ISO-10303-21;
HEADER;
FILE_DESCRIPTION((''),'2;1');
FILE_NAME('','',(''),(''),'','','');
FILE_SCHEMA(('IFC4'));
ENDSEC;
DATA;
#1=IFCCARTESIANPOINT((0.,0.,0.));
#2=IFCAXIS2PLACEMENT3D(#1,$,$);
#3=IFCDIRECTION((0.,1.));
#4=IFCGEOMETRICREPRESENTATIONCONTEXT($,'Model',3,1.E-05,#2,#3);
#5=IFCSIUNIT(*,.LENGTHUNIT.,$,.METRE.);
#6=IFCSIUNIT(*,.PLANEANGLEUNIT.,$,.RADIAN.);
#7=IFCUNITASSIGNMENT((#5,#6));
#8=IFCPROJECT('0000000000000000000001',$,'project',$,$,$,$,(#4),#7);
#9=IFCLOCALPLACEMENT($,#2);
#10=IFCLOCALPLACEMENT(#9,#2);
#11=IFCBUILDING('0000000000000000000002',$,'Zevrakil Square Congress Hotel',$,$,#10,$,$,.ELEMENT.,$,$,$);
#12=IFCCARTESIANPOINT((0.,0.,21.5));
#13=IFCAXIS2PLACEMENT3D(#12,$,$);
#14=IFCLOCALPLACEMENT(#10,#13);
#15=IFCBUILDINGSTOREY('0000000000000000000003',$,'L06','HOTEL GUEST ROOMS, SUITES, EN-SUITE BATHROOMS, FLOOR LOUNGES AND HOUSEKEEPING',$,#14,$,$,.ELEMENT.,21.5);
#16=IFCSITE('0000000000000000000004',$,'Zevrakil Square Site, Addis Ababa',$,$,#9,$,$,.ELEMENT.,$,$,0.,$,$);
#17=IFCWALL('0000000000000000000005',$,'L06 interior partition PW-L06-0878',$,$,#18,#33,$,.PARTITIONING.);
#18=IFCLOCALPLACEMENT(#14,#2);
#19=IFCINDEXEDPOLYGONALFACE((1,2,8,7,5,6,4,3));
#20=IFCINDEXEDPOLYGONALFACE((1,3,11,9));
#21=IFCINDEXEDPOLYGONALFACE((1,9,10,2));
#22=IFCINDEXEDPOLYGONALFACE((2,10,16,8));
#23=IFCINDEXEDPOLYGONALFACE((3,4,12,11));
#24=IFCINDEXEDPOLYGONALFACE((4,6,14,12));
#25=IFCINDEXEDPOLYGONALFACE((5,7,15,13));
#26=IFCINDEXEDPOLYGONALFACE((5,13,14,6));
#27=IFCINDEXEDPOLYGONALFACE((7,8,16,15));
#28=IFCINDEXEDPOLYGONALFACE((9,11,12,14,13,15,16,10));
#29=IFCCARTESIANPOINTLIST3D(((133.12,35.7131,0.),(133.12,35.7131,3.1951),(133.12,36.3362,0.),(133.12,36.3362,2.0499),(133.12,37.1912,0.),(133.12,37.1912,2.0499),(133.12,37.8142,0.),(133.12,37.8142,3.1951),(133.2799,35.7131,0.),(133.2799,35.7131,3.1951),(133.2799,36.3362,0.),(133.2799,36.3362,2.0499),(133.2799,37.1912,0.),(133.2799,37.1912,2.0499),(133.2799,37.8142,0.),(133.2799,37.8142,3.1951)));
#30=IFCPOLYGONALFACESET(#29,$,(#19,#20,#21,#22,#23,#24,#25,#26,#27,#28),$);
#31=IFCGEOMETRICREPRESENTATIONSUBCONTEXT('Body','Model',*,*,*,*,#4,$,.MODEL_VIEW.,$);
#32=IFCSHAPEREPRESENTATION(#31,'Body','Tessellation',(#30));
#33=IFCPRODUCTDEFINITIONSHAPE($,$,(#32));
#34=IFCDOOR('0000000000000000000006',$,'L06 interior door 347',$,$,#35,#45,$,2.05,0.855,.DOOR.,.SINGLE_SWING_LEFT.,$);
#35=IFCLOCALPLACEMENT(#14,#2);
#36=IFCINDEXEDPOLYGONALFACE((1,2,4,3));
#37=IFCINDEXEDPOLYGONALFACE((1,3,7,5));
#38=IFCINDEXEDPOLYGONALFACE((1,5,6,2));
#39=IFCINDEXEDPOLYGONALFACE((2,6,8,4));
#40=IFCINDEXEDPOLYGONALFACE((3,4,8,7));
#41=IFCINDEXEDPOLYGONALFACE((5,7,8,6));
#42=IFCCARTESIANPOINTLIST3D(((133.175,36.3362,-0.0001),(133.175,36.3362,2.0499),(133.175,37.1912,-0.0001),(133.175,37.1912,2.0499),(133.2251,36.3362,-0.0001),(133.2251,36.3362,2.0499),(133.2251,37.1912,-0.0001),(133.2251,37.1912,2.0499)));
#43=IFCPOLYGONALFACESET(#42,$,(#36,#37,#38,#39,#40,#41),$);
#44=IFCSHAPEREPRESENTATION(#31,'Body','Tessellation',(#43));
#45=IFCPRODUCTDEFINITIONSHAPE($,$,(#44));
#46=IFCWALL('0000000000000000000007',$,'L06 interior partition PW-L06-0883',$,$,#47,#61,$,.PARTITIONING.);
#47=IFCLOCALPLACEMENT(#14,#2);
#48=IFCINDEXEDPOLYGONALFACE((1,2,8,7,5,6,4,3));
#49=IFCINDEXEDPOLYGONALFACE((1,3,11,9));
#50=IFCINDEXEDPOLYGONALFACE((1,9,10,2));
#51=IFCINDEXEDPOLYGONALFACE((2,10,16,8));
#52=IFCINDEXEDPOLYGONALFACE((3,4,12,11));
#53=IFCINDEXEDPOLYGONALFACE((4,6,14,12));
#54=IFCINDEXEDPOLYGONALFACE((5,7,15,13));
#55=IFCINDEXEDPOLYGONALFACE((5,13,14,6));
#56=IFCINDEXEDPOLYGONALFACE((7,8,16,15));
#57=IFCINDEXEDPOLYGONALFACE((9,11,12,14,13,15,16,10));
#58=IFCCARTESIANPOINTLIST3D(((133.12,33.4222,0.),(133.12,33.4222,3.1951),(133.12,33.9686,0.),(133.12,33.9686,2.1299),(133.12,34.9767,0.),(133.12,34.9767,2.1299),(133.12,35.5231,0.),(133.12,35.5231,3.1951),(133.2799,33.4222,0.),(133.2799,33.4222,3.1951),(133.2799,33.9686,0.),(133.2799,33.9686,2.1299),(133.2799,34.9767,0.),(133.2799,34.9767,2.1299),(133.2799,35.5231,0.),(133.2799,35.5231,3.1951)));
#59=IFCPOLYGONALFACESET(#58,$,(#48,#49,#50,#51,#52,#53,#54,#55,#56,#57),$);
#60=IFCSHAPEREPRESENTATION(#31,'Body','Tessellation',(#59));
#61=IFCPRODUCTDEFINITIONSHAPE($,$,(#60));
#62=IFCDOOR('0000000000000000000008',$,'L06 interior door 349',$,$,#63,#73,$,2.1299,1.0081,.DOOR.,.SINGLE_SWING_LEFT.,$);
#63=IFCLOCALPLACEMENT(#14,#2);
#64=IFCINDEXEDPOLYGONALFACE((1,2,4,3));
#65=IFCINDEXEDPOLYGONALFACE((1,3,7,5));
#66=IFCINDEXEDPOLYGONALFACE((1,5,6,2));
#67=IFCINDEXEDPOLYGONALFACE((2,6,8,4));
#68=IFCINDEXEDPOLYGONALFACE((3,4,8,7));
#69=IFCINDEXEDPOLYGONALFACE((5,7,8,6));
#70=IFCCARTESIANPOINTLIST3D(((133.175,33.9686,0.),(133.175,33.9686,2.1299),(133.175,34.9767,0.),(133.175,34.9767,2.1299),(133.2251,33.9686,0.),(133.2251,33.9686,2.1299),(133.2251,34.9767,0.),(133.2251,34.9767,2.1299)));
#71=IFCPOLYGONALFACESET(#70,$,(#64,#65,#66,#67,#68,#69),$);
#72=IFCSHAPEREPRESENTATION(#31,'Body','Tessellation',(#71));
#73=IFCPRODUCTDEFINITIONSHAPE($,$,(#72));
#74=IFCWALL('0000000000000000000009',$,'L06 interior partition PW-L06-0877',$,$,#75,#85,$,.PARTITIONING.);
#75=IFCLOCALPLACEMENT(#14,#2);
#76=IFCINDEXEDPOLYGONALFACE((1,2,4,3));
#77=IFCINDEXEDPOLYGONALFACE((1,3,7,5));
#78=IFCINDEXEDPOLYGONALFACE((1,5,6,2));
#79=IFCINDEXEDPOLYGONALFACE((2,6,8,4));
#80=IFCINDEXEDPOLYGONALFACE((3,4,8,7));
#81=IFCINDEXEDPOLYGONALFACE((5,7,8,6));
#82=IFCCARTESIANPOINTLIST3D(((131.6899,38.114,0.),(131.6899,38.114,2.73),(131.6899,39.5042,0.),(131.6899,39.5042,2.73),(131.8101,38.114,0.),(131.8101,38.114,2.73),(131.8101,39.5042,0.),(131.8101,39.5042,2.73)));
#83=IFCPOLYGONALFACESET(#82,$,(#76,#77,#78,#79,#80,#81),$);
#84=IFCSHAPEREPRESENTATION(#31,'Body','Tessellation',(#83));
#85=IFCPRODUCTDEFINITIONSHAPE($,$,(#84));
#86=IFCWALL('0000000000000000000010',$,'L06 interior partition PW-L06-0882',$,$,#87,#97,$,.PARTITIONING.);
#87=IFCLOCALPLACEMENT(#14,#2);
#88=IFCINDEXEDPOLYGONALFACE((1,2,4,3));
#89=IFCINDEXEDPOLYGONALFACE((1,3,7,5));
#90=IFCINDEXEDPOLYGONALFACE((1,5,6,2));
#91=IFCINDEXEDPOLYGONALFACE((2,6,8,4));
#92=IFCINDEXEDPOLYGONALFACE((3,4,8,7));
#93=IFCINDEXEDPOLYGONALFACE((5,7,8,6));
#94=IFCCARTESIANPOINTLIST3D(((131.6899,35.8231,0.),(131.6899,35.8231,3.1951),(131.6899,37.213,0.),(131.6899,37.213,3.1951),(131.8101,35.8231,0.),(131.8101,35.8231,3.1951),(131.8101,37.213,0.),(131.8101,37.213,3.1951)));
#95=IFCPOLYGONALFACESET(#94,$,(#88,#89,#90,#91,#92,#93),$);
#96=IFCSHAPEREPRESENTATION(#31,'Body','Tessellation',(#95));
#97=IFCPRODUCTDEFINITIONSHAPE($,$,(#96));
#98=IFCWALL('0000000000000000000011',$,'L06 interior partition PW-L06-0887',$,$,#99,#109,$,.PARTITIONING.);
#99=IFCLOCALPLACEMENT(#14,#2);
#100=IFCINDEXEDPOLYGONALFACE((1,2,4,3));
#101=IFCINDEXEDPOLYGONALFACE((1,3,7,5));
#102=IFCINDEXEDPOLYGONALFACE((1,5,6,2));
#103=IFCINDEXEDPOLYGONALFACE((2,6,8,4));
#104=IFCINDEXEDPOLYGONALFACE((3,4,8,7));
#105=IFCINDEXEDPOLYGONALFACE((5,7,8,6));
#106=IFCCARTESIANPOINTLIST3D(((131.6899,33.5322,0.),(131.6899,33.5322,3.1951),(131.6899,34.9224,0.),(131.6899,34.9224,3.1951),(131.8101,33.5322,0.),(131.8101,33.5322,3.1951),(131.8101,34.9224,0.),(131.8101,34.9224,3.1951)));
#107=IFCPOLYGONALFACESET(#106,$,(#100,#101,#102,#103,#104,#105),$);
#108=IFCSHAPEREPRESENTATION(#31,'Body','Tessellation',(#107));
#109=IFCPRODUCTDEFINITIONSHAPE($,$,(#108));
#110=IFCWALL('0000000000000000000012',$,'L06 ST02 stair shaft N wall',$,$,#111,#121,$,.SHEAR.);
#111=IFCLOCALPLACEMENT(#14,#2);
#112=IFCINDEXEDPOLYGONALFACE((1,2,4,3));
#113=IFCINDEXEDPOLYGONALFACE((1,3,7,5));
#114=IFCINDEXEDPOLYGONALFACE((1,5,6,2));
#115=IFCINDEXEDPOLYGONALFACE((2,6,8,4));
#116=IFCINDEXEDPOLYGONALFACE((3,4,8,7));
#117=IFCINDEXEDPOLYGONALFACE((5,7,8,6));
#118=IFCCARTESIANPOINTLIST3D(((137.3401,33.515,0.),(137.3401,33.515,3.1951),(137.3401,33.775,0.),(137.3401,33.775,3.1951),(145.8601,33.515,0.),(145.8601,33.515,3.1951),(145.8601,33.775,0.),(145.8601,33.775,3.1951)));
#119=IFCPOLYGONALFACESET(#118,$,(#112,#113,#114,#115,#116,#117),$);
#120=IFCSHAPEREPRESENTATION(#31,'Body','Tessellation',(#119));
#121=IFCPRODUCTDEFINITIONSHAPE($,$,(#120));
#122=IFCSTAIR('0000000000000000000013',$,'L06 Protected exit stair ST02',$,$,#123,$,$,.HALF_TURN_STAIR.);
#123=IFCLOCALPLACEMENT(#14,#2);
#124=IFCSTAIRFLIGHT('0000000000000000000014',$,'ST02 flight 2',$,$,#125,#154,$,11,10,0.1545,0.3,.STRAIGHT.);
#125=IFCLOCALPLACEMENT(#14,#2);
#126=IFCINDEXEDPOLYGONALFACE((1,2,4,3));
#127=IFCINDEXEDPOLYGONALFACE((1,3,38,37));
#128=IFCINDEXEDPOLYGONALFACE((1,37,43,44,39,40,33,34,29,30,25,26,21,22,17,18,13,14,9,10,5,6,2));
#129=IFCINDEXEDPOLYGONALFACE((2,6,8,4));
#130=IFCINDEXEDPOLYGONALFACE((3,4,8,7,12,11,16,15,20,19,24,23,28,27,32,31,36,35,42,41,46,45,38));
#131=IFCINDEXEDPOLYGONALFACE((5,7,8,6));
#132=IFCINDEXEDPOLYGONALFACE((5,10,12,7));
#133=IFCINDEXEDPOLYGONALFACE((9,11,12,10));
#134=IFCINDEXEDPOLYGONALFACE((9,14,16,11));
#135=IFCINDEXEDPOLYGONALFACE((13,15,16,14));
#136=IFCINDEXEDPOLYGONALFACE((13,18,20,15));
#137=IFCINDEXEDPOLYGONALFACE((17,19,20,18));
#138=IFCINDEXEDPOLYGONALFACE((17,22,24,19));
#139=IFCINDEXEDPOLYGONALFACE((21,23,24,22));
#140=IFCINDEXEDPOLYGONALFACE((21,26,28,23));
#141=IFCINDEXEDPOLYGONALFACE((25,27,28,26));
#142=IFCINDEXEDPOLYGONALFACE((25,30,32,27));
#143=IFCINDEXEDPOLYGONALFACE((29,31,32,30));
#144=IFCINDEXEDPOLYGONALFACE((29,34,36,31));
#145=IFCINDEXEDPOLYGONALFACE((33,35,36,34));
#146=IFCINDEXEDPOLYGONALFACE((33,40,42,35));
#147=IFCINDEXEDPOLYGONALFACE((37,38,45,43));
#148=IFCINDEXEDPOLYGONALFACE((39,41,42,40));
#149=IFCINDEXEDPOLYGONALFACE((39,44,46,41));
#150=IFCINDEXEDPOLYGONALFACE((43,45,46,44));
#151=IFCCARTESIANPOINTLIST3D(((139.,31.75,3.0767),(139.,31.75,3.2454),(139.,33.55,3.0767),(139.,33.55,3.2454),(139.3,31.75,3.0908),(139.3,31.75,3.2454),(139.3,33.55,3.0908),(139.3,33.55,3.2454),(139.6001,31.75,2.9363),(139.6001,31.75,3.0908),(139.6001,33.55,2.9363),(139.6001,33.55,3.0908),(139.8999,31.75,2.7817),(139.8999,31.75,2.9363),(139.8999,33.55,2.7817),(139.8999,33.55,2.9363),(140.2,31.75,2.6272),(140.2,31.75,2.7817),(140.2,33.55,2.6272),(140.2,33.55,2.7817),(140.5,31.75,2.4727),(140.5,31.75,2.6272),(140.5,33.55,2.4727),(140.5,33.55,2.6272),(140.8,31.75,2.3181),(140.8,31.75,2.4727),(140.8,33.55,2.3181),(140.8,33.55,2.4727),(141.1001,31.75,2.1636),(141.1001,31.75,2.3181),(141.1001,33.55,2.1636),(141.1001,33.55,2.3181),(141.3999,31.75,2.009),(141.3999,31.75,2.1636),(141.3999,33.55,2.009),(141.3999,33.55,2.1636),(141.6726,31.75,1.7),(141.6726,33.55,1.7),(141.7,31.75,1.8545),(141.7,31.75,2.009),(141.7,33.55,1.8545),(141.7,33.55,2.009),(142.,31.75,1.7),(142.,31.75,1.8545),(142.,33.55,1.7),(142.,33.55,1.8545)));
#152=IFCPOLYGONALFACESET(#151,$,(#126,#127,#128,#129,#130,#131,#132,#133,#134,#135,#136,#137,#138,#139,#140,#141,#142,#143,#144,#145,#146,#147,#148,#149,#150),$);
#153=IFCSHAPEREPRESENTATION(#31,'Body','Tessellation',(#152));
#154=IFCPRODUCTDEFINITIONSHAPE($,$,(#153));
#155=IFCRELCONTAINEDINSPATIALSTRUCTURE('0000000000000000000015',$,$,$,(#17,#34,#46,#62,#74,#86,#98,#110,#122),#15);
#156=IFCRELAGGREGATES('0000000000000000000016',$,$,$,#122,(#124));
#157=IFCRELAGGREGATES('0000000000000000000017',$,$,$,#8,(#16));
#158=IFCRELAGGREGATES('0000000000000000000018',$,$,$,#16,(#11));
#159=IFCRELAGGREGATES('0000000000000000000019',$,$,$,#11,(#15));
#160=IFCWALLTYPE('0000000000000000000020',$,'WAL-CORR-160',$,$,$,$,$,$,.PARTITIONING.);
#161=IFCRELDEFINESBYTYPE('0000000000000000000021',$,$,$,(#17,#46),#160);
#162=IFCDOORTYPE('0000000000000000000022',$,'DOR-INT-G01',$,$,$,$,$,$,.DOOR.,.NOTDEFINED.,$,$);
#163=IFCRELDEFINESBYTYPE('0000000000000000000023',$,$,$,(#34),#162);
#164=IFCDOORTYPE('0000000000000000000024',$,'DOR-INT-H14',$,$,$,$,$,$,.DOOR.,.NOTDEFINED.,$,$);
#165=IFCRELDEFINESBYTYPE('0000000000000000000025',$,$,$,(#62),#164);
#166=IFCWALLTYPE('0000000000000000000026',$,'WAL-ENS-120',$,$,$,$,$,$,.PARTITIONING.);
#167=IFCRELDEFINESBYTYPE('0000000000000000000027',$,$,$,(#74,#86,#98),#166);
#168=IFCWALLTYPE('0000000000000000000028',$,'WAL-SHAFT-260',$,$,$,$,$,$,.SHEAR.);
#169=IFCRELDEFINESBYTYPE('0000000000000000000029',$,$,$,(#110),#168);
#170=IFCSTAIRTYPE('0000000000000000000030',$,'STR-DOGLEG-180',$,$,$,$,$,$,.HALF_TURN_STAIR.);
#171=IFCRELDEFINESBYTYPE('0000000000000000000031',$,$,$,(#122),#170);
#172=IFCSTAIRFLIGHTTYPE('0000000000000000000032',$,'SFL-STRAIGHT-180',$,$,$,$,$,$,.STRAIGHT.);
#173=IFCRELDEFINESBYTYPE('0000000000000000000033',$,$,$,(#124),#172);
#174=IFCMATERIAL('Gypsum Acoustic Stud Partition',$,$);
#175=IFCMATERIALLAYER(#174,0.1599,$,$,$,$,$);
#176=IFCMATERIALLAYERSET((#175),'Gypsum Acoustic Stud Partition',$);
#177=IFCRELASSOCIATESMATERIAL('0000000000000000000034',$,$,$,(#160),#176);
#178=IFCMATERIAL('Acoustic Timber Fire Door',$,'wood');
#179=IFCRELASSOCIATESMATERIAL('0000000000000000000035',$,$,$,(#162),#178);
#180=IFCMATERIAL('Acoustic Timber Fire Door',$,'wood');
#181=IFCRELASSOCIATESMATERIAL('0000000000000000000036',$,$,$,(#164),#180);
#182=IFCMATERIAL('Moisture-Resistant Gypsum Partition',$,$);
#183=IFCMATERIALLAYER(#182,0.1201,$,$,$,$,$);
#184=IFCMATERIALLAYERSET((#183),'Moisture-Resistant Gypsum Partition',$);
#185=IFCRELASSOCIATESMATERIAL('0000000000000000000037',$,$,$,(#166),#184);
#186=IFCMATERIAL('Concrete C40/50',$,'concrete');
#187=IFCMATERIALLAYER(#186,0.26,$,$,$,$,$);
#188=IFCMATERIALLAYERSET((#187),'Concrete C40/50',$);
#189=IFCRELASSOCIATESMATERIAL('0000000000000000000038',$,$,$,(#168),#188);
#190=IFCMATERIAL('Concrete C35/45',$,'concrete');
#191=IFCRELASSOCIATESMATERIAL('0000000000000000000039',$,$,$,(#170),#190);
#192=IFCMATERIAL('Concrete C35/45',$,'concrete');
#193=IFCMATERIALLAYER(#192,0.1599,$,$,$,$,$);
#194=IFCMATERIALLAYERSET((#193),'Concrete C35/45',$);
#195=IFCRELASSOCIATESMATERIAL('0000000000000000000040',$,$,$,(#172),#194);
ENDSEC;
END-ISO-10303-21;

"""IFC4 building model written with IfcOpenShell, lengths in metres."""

from ifc_helpers import new_model, si_unit, direction, frame, frame_2d, origin, place, context, subcontext, project, spatial, polyline, rectangle, outline, extrude, material, layer, layer_set, type_object, element, fill, aggregate, save


model = new_model("IFC4")

# Units and contexts
model_context = context("Model", 3, precision=1e-05, world=origin(), true_north=direction((0.0, 1.0)))
body_context = subcontext(model_context, "Body", "Model", "MODEL_VIEW")
ifc_project = project(units=[si_unit("LENGTHUNIT", "METRE"), si_unit("PLANEANGLEUNIT", "RADIAN")], contexts=[model_context])

# Site, building, storey
site_placement = place(None, origin())
site = spatial("IfcSite", under=ifc_project, at=site_placement, Name="Zevrakil Square Site, Addis Ababa", CompositionType="ELEMENT", RefElevation=0.0)
building_placement = place(site_placement, origin())
building = spatial("IfcBuilding", under=site, at=building_placement, Name="Zevrakil Square Congress Hotel", CompositionType="ELEMENT")
storey_placement = place(building_placement, frame((0.0, 0.0, 21.5)))
storey = spatial("IfcBuildingStorey", under=building, at=storey_placement, Name="L06", Description="HOTEL GUEST ROOMS, SUITES, EN-SUITE BATHROOMS, FLOOR LOUNGES AND HOUSEKEEPING", CompositionType="ELEMENT", Elevation=21.5)

# Shared definitions
ifc_material_1 = material(Name="Gypsum Acoustic Stud Partition")
ifc_layer_1 = layer(ifc_material_1, 0.1599)
ifc_layer_set_1 = layer_set([ifc_layer_1], Name="Gypsum Acoustic Stud Partition")
wall_type_1 = type_object("IfcWallType", Name="WAL-CORR-160", PredefinedType="PARTITIONING", material=ifc_layer_set_1)

# Walls, openings, doors
wall_1_placement = place(storey_placement, frame((133.2, 35.7131, 0.0), z_axis=(0.0, 0.0, 1.0), x_axis=(0.0, 1.0, 0.0)))
wall_1 = element("IfcWall", 1, at=wall_1_placement, inside=storey, type_object=wall_type_1, Name="L06 interior partition PW-L06-0878", PredefinedType="PARTITIONING", context=body_context, shape_type="SweptSolid", body=[
    extrude(rectangle(XDim=2.1011, YDim=0.1599, at=frame_2d((1.0505, 0.0))), origin(), (0.0, 0.0, 1.0), 3.1951),
])
opening_1_placement = place(wall_1_placement, frame((0.623, 0.0, 0.0)))
opening_1 = element("IfcOpeningElement", 2, at=opening_1_placement, cuts=wall_1, PredefinedType="OPENING", context=body_context, shape_type="SweptSolid", body=[
    extrude(rectangle(XDim=0.855, YDim=2.05, at=frame_2d((0.4275, 1.0249))), frame((0.0, 0.0898, 0.0), z_axis=(0.0, -1.0, 0.0), x_axis=(1.0, 0.0, 0.0)), (0.0, 0.0, 1.0), 0.1799),
])
ifc_material_2 = material(Name="Acoustic Timber Fire Door", Category="wood")
door_type_1 = type_object("IfcDoorType", Name="DOR-INT-G01", OperationType="NOTDEFINED", PredefinedType="DOOR", material=ifc_material_2)
door_1_placement = place(opening_1_placement, origin())
door_1 = element("IfcDoor", 3, at=door_1_placement, inside=storey, type_object=door_type_1, Name="L06 interior door 347", OperationType="SINGLE_SWING_LEFT", OverallHeight=2.05, OverallWidth=0.855, PredefinedType="DOOR", context=body_context, shape_type="SweptSolid", body=[
    extrude(rectangle(XDim=0.855, YDim=2.05, at=frame_2d((0.4275, 1.0249))), frame((0.0, 0.0249, 0.0), z_axis=(0.0, -1.0, 0.0), x_axis=(1.0, 0.0, 0.0)), (0.0, 0.0, 1.0), 0.05),
])
fill(opening_1, door_1)
wall_2_placement = place(storey_placement, frame((133.2, 33.4224, 0.0), z_axis=(0.0, 0.0, 1.0), x_axis=(0.0, 1.0, 0.0)))
wall_2 = element("IfcWall", 4, at=wall_2_placement, inside=storey, type_object=wall_type_1, Name="L06 interior partition PW-L06-0883", PredefinedType="PARTITIONING", context=body_context, shape_type="SweptSolid", body=[
    extrude(rectangle(XDim=2.1008, YDim=0.1599, at=frame_2d((1.0503, 0.0))), origin(), (0.0, 0.0, 1.0), 3.1951),
])
opening_2_placement = place(wall_2_placement, frame((0.5464, 0.0, 0.0)))
opening_2 = element("IfcOpeningElement", 5, at=opening_2_placement, cuts=wall_2, PredefinedType="OPENING", context=body_context, shape_type="SweptSolid", body=[
    extrude(rectangle(XDim=1.0081, YDim=2.1299, at=frame_2d((0.5039, 1.0649))), frame((0.0, 0.0898, 0.0), z_axis=(0.0, -1.0, 0.0), x_axis=(1.0, 0.0, 0.0)), (0.0, 0.0, 1.0), 0.1799),
])
ifc_material_3 = material(Name="Acoustic Timber Fire Door", Category="wood")
door_type_2 = type_object("IfcDoorType", Name="DOR-INT-H14", OperationType="NOTDEFINED", PredefinedType="DOOR", material=ifc_material_3)
door_2_placement = place(opening_2_placement, origin())
door_2 = element("IfcDoor", 6, at=door_2_placement, inside=storey, type_object=door_type_2, Name="L06 interior door 349", OperationType="SINGLE_SWING_LEFT", OverallHeight=2.1299, OverallWidth=1.0081, PredefinedType="DOOR", context=body_context, shape_type="SweptSolid", body=[
    extrude(rectangle(XDim=1.0081, YDim=2.1299, at=frame_2d((0.5039, 1.0649))), frame((0.0, 0.0249, 0.0), z_axis=(0.0, -1.0, 0.0), x_axis=(1.0, 0.0, 0.0)), (0.0, 0.0, 1.0), 0.05),
])
fill(opening_2, door_2)

# Walls
ifc_material_4 = material(Name="Moisture-Resistant Gypsum Partition")
ifc_layer_2 = layer(ifc_material_4, 0.1201)
ifc_layer_set_2 = layer_set([ifc_layer_2], Name="Moisture-Resistant Gypsum Partition")
wall_type_2 = type_object("IfcWallType", Name="WAL-ENS-120", PredefinedType="PARTITIONING", material=ifc_layer_set_2)
wall_3_placement = place(storey_placement, frame((131.75, 38.114, 0.0), z_axis=(0.0, 0.0, 1.0), x_axis=(0.0, 1.0, 0.0)))
element("IfcWall", 7, at=wall_3_placement, inside=storey, type_object=wall_type_2, Name="L06 interior partition PW-L06-0877", PredefinedType="PARTITIONING", context=body_context, shape_type="SweptSolid", body=[
    extrude(rectangle(XDim=1.3901, YDim=0.1201, at=frame_2d((0.6951, 0.0))), origin(), (0.0, 0.0, 1.0), 2.73),
])
wall_4_placement = place(storey_placement, frame((131.75, 35.8232, 0.0), z_axis=(0.0, 0.0, 1.0), x_axis=(0.0, 1.0, 0.0)))
element("IfcWall", 8, at=wall_4_placement, inside=storey, type_object=wall_type_2, Name="L06 interior partition PW-L06-0882", PredefinedType="PARTITIONING", context=body_context, shape_type="SweptSolid", body=[
    extrude(rectangle(XDim=1.3899, YDim=0.1201, at=frame_2d((0.6948, 0.0))), origin(), (0.0, 0.0, 1.0), 3.1951),
])
wall_5_placement = place(storey_placement, frame((131.75, 33.5322, 0.0), z_axis=(0.0, 0.0, 1.0), x_axis=(0.0, 1.0, 0.0)))
element("IfcWall", 9, at=wall_5_placement, inside=storey, type_object=wall_type_2, Name="L06 interior partition PW-L06-0887", PredefinedType="PARTITIONING", context=body_context, shape_type="SweptSolid", body=[
    extrude(rectangle(XDim=1.3901, YDim=0.1201, at=frame_2d((0.6951, 0.0))), origin(), (0.0, 0.0, 1.0), 3.1951),
])
ifc_material_5 = material(Name="Concrete C40/50", Category="concrete")
ifc_layer_3 = layer(ifc_material_5, 0.26)
ifc_layer_set_3 = layer_set([ifc_layer_3], Name="Concrete C40/50")
wall_type_3 = type_object("IfcWallType", Name="WAL-SHAFT-260", PredefinedType="SHEAR", material=ifc_layer_set_3)
wall_6_placement = place(storey_placement, frame((137.3401, 33.645, 0.0), z_axis=(0.0, 0.0, 1.0), x_axis=(1.0, 0.0, 0.0)))
element("IfcWall", 10, at=wall_6_placement, inside=storey, type_object=wall_type_3, Name="L06 ST02 stair shaft N wall", PredefinedType="SHEAR", context=body_context, shape_type="SweptSolid", body=[
    extrude(rectangle(XDim=8.52, YDim=0.26, at=frame_2d((4.26, 0.0))), origin(), (0.0, 0.0, 1.0), 3.1951),
])

# Stair, stair flight
ifc_material_6 = material(Name="Concrete C35/45", Category="concrete")
stair_type = type_object("IfcStairType", Name="STR-DOGLEG-180", PredefinedType="HALF_TURN_STAIR", material=ifc_material_6)
stair_placement = place(storey_placement, origin())
stair = element("IfcStair", 11, at=stair_placement, inside=storey, type_object=stair_type, Name="L06 Protected exit stair ST02", PredefinedType="HALF_TURN_STAIR")
ifc_material_7 = material(Name="Concrete C35/45", Category="concrete")
ifc_layer_4 = layer(ifc_material_7, 0.1599)
ifc_layer_set_4 = layer_set([ifc_layer_4], Name="Concrete C35/45")
stair_flight_type = type_object("IfcStairFlightType", Name="SFL-STRAIGHT-180", PredefinedType="STRAIGHT", material=ifc_layer_set_4)
stair_flight_placement = place(storey_placement, frame((142.0, 32.6499, 1.7), z_axis=(0.0, 0.0, 1.0), x_axis=(-1.0, 0.0, 0.0)))
stair_flight = element("IfcStairFlight", 12, at=stair_flight_placement, type_object=stair_flight_type, Name="ST02 flight 2", NumberOfRisers=11, NumberOfTreads=10, PredefinedType="STRAIGHT", RiserHeight=0.1545, TreadLength=0.3, context=body_context, shape_type="SweptSolid", body=[
    extrude(outline(polyline([(0.0, 0.0), (0.0, 0.1545), (0.3, 0.1545), (0.3, 0.3091), (0.6001, 0.3091), (0.6001, 0.4636), (0.8999, 0.4636), (0.8999, 0.6182), (1.2, 0.6182), (1.2, 0.7727), (1.5, 0.7727), (1.5, 0.9272), (1.8, 0.9272), (1.8, 1.0818), (2.1001, 1.0818), (2.1001, 1.2363), (2.3999, 1.2363), (2.3999, 1.3909), (2.7, 1.3909), (2.7, 1.5454), (3.0, 1.5454), (3.0, 1.7), (3.0, 1.3767), (0.3274, 0.0), (0.0, 0.0)])), frame((0.0, 0.8999, 0.0), z_axis=(0.0, -1.0, 0.0), x_axis=(1.0, 0.0, 0.0)), (0.0, 0.0, 1.0), 1.8),
])
aggregate(stair, [stair_flight])

save(model, "model.ifc")
